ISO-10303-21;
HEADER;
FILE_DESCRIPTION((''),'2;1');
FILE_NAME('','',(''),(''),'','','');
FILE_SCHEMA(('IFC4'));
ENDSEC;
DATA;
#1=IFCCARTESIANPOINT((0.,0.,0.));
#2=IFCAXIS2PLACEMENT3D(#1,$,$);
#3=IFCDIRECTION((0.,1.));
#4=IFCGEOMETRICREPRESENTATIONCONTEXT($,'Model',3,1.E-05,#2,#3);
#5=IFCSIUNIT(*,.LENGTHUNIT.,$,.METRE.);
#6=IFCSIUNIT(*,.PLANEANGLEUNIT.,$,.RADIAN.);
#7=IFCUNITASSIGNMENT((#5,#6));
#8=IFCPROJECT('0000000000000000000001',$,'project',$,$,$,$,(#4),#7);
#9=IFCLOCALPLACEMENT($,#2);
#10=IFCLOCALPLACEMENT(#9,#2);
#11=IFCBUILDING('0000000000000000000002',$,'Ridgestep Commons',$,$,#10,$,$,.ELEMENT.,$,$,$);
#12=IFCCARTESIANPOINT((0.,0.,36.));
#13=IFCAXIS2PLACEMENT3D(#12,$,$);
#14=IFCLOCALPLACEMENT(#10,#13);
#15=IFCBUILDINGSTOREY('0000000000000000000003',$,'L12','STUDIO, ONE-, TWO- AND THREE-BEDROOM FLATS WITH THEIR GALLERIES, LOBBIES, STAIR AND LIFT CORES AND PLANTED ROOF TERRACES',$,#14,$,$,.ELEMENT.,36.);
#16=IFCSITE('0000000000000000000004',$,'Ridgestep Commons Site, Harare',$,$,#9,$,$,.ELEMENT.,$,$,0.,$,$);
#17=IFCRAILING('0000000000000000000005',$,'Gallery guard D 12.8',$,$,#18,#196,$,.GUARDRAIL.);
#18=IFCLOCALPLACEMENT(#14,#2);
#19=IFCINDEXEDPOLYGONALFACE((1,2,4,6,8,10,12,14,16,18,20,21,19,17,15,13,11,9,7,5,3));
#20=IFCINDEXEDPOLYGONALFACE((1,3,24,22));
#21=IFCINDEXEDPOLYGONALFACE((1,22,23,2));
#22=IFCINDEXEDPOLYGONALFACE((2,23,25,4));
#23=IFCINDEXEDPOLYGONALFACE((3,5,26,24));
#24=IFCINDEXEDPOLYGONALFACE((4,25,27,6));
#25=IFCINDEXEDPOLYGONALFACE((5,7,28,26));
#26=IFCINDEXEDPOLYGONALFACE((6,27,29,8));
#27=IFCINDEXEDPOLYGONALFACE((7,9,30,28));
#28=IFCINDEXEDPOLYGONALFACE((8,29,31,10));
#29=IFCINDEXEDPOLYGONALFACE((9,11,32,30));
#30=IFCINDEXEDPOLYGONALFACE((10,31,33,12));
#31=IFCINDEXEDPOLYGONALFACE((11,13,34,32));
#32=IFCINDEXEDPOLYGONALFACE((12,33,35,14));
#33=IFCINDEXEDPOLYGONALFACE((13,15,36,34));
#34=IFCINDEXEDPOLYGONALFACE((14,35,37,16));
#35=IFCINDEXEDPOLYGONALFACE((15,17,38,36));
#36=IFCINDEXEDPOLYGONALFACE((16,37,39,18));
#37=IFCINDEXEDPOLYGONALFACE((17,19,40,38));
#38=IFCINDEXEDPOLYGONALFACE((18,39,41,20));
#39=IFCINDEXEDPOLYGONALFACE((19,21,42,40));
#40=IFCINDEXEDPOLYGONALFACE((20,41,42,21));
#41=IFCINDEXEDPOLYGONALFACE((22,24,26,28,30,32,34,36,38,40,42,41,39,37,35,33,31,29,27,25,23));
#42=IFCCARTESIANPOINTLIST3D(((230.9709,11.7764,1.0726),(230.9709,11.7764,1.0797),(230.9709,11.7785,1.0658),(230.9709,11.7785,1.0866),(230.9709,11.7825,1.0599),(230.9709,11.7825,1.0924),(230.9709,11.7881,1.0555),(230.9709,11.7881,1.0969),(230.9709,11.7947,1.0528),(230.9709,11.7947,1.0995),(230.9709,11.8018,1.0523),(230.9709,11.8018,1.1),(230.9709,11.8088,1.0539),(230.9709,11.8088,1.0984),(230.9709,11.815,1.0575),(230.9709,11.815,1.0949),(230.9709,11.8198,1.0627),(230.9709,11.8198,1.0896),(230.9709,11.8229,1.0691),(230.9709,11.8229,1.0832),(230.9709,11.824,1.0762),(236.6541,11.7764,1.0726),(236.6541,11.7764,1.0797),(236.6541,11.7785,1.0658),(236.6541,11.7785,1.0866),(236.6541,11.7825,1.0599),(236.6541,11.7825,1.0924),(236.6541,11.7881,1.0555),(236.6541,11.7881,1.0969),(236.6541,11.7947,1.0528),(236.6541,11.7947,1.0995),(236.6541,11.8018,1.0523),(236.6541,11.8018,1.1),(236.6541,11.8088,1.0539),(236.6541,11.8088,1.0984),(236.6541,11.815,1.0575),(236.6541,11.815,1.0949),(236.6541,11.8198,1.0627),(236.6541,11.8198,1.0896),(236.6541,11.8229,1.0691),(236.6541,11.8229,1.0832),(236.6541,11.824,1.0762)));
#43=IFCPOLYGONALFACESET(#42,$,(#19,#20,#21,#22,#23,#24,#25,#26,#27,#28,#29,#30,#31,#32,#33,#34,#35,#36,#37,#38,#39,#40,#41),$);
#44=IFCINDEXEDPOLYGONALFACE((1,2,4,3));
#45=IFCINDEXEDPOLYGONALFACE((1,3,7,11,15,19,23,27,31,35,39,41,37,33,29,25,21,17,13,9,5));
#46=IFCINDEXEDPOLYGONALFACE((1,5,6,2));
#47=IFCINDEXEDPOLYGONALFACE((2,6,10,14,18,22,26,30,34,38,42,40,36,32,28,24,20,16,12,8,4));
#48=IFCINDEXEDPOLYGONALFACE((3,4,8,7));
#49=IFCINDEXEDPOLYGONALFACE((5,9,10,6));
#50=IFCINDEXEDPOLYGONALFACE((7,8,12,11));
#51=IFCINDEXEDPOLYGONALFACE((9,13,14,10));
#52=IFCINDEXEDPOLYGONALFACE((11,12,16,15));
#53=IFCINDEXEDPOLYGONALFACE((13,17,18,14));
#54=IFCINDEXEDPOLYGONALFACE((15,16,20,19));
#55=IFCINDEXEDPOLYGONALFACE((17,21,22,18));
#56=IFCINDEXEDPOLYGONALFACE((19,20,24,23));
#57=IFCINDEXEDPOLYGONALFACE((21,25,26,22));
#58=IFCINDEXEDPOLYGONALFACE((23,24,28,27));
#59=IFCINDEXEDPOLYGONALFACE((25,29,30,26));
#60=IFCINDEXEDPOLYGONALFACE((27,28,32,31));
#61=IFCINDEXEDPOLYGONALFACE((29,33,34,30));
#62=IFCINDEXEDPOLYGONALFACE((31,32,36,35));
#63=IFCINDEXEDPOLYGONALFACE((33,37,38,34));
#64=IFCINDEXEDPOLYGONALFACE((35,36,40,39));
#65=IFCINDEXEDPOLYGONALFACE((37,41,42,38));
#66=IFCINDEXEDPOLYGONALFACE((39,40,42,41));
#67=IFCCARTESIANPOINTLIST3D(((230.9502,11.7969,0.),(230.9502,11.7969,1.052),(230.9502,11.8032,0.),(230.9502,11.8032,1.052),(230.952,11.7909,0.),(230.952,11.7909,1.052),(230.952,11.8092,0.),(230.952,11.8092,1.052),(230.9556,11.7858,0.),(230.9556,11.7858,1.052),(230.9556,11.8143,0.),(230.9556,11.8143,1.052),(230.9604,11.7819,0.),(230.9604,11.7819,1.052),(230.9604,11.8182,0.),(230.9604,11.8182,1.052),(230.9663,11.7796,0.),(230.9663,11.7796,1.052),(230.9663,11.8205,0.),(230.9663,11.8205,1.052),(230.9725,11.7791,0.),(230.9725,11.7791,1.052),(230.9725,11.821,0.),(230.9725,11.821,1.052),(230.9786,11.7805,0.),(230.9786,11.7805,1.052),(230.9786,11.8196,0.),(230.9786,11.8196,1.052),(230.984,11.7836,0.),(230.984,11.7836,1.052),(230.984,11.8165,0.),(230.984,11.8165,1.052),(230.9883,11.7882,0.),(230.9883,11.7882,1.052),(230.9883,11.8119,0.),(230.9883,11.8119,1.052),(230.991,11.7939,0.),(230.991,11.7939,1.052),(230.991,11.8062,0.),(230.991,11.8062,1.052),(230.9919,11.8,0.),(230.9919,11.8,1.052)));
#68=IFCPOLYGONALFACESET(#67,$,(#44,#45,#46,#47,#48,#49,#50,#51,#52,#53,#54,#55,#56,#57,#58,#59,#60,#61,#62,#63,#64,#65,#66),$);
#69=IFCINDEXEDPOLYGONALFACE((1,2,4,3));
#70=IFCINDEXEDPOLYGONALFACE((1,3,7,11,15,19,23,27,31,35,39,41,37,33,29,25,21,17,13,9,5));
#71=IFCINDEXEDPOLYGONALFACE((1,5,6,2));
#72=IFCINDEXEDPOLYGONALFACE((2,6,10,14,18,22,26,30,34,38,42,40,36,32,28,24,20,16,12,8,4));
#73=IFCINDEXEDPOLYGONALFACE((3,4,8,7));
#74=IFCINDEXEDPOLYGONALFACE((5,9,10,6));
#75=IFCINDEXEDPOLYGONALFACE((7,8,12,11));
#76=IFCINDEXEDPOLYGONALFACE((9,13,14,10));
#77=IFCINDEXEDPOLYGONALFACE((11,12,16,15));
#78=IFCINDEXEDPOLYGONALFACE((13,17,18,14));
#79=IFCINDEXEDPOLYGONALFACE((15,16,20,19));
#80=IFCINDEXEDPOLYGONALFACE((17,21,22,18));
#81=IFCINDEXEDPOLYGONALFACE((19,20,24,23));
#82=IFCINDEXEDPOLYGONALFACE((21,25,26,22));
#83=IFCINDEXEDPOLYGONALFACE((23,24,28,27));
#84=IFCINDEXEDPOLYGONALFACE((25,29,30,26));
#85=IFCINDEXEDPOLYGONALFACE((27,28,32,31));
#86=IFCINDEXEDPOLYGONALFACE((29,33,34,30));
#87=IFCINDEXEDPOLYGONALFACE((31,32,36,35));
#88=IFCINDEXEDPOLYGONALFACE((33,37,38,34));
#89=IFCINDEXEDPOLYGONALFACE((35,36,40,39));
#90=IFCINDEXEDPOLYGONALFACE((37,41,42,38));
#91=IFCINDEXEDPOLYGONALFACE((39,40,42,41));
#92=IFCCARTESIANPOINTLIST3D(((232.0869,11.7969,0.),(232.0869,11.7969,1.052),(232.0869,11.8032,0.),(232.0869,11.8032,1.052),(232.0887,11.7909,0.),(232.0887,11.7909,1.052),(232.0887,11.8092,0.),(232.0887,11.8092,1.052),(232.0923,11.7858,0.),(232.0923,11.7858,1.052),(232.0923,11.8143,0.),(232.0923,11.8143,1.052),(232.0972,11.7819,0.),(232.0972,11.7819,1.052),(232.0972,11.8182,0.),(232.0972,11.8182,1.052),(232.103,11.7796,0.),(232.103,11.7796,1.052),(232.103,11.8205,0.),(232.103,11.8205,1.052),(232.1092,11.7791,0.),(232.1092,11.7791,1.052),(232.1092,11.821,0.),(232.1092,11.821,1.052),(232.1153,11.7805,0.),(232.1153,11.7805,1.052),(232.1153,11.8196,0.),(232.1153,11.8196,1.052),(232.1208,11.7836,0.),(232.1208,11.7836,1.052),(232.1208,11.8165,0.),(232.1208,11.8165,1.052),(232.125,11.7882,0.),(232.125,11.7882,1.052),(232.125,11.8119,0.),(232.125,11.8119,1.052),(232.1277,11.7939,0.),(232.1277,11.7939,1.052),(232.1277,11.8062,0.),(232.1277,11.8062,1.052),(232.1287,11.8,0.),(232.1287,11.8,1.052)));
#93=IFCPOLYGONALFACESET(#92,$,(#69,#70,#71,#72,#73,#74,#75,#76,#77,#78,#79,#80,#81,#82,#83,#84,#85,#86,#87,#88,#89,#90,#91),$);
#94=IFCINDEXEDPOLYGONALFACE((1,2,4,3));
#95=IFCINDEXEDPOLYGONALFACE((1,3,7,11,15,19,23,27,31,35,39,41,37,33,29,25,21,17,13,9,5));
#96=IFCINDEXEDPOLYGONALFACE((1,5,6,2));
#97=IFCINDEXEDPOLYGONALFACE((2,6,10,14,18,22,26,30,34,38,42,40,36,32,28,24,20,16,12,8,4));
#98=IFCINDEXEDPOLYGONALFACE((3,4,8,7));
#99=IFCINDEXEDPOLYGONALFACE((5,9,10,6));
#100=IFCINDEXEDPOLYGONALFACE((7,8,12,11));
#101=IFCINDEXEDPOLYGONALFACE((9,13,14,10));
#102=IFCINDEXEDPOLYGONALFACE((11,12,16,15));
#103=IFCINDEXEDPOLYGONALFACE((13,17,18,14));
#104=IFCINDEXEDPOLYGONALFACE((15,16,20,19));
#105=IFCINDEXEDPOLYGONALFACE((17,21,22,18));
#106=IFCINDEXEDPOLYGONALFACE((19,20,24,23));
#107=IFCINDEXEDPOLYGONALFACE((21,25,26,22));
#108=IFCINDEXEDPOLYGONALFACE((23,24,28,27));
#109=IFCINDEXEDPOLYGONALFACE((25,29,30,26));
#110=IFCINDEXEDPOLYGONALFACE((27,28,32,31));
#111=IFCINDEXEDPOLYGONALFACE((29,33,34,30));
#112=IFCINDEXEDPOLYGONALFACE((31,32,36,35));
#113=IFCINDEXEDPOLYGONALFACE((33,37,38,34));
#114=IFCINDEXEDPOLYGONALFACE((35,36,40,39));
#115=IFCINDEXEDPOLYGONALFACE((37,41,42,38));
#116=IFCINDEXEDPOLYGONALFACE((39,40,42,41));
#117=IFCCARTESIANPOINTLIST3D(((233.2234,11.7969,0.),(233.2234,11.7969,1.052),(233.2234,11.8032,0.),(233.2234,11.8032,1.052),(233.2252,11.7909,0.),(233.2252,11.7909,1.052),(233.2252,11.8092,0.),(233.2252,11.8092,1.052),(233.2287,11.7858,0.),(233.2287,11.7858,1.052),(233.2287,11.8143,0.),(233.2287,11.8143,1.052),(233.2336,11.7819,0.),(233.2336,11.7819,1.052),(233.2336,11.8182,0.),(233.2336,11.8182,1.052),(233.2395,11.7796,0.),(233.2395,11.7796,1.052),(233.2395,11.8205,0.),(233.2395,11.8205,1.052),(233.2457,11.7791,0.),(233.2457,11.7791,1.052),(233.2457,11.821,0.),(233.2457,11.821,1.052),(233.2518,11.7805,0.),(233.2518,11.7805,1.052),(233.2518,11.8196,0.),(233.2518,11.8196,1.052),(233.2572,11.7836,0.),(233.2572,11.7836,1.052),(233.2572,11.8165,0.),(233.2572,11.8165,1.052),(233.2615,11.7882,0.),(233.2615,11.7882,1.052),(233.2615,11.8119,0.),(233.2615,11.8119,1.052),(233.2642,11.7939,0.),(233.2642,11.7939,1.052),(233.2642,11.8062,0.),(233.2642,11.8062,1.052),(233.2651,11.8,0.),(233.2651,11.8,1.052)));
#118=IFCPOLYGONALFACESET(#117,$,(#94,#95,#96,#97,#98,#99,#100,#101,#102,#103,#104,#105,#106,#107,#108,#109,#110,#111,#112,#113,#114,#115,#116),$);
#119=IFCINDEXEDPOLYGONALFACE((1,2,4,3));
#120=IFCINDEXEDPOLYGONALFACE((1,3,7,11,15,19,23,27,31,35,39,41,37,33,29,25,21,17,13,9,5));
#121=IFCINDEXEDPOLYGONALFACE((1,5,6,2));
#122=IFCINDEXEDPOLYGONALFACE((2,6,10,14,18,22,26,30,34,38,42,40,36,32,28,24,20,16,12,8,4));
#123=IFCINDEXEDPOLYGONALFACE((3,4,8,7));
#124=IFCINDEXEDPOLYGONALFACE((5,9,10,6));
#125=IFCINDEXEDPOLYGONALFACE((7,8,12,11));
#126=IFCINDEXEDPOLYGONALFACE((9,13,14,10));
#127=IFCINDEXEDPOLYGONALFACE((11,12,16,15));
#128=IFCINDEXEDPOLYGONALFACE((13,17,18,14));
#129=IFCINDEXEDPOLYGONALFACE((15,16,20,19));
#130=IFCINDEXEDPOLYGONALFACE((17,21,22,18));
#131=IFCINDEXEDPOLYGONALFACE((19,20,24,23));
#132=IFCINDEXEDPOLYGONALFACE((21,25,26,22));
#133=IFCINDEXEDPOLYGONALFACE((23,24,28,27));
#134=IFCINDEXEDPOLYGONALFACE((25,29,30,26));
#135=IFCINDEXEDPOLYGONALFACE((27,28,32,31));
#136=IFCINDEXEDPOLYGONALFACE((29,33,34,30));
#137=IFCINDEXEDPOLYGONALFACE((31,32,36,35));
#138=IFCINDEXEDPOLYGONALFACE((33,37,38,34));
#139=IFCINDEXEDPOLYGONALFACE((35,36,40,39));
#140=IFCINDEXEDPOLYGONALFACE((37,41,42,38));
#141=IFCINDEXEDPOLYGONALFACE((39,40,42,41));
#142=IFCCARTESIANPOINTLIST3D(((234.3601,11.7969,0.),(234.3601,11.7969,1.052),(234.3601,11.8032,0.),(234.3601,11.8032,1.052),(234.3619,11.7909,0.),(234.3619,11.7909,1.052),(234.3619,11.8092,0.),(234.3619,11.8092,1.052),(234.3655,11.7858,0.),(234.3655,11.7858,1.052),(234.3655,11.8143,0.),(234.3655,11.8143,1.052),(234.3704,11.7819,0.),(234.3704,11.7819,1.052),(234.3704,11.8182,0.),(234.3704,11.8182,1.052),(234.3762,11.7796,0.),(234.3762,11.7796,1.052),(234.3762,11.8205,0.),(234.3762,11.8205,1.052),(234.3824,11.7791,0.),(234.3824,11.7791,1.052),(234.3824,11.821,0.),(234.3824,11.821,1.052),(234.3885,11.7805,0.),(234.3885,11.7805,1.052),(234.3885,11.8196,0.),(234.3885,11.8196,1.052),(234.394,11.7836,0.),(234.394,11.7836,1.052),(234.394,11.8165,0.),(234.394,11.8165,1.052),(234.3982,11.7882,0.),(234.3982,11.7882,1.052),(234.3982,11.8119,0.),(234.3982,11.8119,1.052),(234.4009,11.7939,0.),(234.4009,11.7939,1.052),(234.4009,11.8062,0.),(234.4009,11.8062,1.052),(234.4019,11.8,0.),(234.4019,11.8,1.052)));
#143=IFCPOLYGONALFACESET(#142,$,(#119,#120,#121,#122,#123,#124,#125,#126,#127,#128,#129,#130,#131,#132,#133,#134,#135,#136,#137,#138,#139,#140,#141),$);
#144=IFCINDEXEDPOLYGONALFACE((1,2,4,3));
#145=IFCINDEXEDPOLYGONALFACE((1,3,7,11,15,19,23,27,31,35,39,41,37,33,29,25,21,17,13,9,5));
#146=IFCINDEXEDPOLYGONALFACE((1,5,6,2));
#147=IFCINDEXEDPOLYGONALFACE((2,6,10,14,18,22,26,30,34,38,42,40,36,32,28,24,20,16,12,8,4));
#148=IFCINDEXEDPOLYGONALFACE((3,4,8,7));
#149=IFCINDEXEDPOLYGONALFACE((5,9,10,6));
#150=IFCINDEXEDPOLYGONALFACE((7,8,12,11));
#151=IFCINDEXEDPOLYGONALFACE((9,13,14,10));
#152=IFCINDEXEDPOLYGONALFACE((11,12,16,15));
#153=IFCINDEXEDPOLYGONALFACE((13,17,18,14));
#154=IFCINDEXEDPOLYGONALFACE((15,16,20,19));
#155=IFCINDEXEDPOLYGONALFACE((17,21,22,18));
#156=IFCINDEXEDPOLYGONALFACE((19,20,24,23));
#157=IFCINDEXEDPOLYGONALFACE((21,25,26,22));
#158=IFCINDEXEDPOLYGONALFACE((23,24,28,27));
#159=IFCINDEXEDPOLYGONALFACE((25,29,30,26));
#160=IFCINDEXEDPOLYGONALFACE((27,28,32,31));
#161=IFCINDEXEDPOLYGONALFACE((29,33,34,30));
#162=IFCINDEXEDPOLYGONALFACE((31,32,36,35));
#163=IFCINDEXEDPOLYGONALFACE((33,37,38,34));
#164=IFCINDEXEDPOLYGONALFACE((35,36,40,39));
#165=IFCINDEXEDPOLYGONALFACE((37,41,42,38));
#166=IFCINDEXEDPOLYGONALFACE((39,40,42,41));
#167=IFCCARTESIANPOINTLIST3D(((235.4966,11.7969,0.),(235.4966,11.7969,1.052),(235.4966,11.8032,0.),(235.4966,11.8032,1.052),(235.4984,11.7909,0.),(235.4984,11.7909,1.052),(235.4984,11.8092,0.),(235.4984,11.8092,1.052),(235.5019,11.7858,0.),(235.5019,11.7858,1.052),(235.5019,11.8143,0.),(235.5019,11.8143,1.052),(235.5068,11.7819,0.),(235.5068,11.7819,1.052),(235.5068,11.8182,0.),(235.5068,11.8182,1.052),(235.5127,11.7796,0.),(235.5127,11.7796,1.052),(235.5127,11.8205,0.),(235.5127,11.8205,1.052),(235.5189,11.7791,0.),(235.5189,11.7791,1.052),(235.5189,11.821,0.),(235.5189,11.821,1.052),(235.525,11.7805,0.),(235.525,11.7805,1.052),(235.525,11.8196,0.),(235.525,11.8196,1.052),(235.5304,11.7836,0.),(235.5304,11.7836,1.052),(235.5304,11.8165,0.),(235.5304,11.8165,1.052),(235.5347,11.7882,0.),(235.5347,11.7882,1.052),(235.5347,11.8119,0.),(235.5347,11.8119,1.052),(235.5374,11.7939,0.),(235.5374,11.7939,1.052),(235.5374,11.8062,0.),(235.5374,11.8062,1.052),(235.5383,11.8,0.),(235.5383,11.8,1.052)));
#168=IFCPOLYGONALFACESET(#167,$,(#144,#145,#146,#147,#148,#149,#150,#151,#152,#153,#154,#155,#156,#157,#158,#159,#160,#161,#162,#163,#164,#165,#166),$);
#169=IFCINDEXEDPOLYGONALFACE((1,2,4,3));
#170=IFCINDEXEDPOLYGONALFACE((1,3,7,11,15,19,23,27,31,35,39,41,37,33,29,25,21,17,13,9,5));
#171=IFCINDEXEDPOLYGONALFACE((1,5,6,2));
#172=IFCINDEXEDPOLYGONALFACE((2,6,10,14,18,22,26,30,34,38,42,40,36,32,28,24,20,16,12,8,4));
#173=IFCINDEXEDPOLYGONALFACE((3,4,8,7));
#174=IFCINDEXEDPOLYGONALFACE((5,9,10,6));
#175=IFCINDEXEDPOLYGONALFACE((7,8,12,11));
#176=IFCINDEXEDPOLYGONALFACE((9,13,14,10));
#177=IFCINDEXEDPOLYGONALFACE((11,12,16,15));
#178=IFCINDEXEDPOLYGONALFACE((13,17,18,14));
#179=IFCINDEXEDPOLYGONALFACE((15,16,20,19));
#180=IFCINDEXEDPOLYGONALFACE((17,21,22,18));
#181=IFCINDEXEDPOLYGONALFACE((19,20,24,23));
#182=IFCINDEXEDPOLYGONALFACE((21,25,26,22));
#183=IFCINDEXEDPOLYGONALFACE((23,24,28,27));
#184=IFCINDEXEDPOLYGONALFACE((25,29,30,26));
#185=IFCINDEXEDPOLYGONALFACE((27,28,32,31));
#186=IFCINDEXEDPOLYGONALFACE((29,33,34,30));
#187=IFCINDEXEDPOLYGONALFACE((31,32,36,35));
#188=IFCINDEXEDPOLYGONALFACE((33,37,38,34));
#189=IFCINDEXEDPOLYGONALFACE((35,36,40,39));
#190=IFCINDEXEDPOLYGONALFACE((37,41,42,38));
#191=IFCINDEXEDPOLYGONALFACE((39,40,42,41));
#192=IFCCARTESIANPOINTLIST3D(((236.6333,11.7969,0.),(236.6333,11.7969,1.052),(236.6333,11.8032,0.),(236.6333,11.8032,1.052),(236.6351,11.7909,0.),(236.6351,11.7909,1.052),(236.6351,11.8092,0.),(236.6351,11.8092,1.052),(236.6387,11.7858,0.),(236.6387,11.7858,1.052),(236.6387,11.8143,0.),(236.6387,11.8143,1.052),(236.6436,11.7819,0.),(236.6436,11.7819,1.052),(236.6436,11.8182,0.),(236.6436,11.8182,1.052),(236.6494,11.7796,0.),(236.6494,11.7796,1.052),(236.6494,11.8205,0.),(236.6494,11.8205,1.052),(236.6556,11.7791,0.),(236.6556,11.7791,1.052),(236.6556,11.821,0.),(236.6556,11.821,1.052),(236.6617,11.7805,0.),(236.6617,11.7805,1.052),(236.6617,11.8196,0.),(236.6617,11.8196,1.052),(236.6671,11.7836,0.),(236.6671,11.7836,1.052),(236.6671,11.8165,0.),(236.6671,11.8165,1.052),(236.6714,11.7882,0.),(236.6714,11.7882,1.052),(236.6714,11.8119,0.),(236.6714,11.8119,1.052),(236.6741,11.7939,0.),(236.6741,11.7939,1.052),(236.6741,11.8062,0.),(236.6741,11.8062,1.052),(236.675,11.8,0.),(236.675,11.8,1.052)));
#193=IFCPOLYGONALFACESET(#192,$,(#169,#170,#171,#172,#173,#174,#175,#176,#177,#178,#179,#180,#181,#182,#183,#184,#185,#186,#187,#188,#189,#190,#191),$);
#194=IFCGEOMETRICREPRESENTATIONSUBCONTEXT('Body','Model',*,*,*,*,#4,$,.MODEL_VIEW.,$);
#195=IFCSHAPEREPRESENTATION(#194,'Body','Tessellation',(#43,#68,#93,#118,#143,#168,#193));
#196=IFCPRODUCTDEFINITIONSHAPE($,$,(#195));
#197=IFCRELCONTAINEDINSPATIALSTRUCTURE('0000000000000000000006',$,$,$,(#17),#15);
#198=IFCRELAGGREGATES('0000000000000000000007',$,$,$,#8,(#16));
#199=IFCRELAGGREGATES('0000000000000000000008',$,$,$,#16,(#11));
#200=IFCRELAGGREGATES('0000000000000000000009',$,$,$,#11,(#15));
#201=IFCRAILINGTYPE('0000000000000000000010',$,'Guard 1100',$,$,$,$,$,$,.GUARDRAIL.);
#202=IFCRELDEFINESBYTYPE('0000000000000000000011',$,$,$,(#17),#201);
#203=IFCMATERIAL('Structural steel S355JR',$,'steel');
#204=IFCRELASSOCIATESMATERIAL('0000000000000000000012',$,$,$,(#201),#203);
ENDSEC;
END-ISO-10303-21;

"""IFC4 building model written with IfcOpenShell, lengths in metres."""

from ifc_helpers import new_model, si_unit, direction, frame, origin, origin_2d, place, context, subcontext, project, spatial, circle, extrude, material, type_object, element, save


model = new_model("IFC4")

# Units and contexts
model_context = context("Model", 3, precision=1e-05, world=origin(), true_north=direction((0.0, 1.0)))
body_context = subcontext(model_context, "Body", "Model", "MODEL_VIEW")
ifc_project = project(units=[si_unit("LENGTHUNIT", "METRE"), si_unit("PLANEANGLEUNIT", "RADIAN")], contexts=[model_context])

# Site, building, storey
site_placement = place(None, origin())
site = spatial("IfcSite", under=ifc_project, at=site_placement, Name="Ridgestep Commons Site, Harare", CompositionType="ELEMENT", RefElevation=0.0)
building_placement = place(site_placement, origin())
building = spatial("IfcBuilding", under=site, at=building_placement, Name="Ridgestep Commons", CompositionType="ELEMENT")
storey_placement = place(building_placement, frame((0.0, 0.0, 36.0)))
storey = spatial("IfcBuildingStorey", under=building, at=storey_placement, Name="L12", Description="STUDIO, ONE-, TWO- AND THREE-BEDROOM FLATS WITH THEIR GALLERIES, LOBBIES, STAIR AND LIFT CORES AND PLANTED ROOF TERRACES", CompositionType="ELEMENT", Elevation=36.0)

# Railing
ifc_material_1 = material(Name="Structural steel S355JR", Category="steel")
railing_type_1 = type_object("IfcRailingType", Name="Guard 1100", PredefinedType="GUARDRAIL", material=ifc_material_1)
railing_1_placement = place(storey_placement, frame((230.9709, 11.8, 0.0)))
element("IfcRailing", 1, at=railing_1_placement, inside=storey, type_object=railing_type_1, Name="Gallery guard D 12.8", PredefinedType="GUARDRAIL", context=body_context, shape_type="SweptSolid", body=[
    extrude(circle(Radius=0.0239, at=origin_2d()), frame((0.0, 0.0, 1.0762), z_axis=(1.0, 0.0, 0.0), x_axis=(0.0, 1.0, 0.0)), (0.0, 0.0, 1.0), 5.6831),
    extrude(circle(Radius=0.021, at=origin_2d()), origin(), (0.0, 0.0, 1.0), 1.052),
    extrude(circle(Radius=0.021, at=origin_2d()), frame((1.1367, 0.0, 0.0)), (0.0, 0.0, 1.0), 1.052),
    extrude(circle(Radius=0.021, at=origin_2d()), frame((2.2732, 0.0, 0.0)), (0.0, 0.0, 1.0), 1.052),
    extrude(circle(Radius=0.021, at=origin_2d()), frame((3.4099, 0.0, 0.0)), (0.0, 0.0, 1.0), 1.052),
    extrude(circle(Radius=0.021, at=origin_2d()), frame((4.5464, 0.0, 0.0)), (0.0, 0.0, 1.0), 1.052),
    extrude(circle(Radius=0.021, at=origin_2d()), frame((5.6831, 0.0, 0.0)), (0.0, 0.0, 1.0), 1.052),
])

save(model, "model.ifc")
